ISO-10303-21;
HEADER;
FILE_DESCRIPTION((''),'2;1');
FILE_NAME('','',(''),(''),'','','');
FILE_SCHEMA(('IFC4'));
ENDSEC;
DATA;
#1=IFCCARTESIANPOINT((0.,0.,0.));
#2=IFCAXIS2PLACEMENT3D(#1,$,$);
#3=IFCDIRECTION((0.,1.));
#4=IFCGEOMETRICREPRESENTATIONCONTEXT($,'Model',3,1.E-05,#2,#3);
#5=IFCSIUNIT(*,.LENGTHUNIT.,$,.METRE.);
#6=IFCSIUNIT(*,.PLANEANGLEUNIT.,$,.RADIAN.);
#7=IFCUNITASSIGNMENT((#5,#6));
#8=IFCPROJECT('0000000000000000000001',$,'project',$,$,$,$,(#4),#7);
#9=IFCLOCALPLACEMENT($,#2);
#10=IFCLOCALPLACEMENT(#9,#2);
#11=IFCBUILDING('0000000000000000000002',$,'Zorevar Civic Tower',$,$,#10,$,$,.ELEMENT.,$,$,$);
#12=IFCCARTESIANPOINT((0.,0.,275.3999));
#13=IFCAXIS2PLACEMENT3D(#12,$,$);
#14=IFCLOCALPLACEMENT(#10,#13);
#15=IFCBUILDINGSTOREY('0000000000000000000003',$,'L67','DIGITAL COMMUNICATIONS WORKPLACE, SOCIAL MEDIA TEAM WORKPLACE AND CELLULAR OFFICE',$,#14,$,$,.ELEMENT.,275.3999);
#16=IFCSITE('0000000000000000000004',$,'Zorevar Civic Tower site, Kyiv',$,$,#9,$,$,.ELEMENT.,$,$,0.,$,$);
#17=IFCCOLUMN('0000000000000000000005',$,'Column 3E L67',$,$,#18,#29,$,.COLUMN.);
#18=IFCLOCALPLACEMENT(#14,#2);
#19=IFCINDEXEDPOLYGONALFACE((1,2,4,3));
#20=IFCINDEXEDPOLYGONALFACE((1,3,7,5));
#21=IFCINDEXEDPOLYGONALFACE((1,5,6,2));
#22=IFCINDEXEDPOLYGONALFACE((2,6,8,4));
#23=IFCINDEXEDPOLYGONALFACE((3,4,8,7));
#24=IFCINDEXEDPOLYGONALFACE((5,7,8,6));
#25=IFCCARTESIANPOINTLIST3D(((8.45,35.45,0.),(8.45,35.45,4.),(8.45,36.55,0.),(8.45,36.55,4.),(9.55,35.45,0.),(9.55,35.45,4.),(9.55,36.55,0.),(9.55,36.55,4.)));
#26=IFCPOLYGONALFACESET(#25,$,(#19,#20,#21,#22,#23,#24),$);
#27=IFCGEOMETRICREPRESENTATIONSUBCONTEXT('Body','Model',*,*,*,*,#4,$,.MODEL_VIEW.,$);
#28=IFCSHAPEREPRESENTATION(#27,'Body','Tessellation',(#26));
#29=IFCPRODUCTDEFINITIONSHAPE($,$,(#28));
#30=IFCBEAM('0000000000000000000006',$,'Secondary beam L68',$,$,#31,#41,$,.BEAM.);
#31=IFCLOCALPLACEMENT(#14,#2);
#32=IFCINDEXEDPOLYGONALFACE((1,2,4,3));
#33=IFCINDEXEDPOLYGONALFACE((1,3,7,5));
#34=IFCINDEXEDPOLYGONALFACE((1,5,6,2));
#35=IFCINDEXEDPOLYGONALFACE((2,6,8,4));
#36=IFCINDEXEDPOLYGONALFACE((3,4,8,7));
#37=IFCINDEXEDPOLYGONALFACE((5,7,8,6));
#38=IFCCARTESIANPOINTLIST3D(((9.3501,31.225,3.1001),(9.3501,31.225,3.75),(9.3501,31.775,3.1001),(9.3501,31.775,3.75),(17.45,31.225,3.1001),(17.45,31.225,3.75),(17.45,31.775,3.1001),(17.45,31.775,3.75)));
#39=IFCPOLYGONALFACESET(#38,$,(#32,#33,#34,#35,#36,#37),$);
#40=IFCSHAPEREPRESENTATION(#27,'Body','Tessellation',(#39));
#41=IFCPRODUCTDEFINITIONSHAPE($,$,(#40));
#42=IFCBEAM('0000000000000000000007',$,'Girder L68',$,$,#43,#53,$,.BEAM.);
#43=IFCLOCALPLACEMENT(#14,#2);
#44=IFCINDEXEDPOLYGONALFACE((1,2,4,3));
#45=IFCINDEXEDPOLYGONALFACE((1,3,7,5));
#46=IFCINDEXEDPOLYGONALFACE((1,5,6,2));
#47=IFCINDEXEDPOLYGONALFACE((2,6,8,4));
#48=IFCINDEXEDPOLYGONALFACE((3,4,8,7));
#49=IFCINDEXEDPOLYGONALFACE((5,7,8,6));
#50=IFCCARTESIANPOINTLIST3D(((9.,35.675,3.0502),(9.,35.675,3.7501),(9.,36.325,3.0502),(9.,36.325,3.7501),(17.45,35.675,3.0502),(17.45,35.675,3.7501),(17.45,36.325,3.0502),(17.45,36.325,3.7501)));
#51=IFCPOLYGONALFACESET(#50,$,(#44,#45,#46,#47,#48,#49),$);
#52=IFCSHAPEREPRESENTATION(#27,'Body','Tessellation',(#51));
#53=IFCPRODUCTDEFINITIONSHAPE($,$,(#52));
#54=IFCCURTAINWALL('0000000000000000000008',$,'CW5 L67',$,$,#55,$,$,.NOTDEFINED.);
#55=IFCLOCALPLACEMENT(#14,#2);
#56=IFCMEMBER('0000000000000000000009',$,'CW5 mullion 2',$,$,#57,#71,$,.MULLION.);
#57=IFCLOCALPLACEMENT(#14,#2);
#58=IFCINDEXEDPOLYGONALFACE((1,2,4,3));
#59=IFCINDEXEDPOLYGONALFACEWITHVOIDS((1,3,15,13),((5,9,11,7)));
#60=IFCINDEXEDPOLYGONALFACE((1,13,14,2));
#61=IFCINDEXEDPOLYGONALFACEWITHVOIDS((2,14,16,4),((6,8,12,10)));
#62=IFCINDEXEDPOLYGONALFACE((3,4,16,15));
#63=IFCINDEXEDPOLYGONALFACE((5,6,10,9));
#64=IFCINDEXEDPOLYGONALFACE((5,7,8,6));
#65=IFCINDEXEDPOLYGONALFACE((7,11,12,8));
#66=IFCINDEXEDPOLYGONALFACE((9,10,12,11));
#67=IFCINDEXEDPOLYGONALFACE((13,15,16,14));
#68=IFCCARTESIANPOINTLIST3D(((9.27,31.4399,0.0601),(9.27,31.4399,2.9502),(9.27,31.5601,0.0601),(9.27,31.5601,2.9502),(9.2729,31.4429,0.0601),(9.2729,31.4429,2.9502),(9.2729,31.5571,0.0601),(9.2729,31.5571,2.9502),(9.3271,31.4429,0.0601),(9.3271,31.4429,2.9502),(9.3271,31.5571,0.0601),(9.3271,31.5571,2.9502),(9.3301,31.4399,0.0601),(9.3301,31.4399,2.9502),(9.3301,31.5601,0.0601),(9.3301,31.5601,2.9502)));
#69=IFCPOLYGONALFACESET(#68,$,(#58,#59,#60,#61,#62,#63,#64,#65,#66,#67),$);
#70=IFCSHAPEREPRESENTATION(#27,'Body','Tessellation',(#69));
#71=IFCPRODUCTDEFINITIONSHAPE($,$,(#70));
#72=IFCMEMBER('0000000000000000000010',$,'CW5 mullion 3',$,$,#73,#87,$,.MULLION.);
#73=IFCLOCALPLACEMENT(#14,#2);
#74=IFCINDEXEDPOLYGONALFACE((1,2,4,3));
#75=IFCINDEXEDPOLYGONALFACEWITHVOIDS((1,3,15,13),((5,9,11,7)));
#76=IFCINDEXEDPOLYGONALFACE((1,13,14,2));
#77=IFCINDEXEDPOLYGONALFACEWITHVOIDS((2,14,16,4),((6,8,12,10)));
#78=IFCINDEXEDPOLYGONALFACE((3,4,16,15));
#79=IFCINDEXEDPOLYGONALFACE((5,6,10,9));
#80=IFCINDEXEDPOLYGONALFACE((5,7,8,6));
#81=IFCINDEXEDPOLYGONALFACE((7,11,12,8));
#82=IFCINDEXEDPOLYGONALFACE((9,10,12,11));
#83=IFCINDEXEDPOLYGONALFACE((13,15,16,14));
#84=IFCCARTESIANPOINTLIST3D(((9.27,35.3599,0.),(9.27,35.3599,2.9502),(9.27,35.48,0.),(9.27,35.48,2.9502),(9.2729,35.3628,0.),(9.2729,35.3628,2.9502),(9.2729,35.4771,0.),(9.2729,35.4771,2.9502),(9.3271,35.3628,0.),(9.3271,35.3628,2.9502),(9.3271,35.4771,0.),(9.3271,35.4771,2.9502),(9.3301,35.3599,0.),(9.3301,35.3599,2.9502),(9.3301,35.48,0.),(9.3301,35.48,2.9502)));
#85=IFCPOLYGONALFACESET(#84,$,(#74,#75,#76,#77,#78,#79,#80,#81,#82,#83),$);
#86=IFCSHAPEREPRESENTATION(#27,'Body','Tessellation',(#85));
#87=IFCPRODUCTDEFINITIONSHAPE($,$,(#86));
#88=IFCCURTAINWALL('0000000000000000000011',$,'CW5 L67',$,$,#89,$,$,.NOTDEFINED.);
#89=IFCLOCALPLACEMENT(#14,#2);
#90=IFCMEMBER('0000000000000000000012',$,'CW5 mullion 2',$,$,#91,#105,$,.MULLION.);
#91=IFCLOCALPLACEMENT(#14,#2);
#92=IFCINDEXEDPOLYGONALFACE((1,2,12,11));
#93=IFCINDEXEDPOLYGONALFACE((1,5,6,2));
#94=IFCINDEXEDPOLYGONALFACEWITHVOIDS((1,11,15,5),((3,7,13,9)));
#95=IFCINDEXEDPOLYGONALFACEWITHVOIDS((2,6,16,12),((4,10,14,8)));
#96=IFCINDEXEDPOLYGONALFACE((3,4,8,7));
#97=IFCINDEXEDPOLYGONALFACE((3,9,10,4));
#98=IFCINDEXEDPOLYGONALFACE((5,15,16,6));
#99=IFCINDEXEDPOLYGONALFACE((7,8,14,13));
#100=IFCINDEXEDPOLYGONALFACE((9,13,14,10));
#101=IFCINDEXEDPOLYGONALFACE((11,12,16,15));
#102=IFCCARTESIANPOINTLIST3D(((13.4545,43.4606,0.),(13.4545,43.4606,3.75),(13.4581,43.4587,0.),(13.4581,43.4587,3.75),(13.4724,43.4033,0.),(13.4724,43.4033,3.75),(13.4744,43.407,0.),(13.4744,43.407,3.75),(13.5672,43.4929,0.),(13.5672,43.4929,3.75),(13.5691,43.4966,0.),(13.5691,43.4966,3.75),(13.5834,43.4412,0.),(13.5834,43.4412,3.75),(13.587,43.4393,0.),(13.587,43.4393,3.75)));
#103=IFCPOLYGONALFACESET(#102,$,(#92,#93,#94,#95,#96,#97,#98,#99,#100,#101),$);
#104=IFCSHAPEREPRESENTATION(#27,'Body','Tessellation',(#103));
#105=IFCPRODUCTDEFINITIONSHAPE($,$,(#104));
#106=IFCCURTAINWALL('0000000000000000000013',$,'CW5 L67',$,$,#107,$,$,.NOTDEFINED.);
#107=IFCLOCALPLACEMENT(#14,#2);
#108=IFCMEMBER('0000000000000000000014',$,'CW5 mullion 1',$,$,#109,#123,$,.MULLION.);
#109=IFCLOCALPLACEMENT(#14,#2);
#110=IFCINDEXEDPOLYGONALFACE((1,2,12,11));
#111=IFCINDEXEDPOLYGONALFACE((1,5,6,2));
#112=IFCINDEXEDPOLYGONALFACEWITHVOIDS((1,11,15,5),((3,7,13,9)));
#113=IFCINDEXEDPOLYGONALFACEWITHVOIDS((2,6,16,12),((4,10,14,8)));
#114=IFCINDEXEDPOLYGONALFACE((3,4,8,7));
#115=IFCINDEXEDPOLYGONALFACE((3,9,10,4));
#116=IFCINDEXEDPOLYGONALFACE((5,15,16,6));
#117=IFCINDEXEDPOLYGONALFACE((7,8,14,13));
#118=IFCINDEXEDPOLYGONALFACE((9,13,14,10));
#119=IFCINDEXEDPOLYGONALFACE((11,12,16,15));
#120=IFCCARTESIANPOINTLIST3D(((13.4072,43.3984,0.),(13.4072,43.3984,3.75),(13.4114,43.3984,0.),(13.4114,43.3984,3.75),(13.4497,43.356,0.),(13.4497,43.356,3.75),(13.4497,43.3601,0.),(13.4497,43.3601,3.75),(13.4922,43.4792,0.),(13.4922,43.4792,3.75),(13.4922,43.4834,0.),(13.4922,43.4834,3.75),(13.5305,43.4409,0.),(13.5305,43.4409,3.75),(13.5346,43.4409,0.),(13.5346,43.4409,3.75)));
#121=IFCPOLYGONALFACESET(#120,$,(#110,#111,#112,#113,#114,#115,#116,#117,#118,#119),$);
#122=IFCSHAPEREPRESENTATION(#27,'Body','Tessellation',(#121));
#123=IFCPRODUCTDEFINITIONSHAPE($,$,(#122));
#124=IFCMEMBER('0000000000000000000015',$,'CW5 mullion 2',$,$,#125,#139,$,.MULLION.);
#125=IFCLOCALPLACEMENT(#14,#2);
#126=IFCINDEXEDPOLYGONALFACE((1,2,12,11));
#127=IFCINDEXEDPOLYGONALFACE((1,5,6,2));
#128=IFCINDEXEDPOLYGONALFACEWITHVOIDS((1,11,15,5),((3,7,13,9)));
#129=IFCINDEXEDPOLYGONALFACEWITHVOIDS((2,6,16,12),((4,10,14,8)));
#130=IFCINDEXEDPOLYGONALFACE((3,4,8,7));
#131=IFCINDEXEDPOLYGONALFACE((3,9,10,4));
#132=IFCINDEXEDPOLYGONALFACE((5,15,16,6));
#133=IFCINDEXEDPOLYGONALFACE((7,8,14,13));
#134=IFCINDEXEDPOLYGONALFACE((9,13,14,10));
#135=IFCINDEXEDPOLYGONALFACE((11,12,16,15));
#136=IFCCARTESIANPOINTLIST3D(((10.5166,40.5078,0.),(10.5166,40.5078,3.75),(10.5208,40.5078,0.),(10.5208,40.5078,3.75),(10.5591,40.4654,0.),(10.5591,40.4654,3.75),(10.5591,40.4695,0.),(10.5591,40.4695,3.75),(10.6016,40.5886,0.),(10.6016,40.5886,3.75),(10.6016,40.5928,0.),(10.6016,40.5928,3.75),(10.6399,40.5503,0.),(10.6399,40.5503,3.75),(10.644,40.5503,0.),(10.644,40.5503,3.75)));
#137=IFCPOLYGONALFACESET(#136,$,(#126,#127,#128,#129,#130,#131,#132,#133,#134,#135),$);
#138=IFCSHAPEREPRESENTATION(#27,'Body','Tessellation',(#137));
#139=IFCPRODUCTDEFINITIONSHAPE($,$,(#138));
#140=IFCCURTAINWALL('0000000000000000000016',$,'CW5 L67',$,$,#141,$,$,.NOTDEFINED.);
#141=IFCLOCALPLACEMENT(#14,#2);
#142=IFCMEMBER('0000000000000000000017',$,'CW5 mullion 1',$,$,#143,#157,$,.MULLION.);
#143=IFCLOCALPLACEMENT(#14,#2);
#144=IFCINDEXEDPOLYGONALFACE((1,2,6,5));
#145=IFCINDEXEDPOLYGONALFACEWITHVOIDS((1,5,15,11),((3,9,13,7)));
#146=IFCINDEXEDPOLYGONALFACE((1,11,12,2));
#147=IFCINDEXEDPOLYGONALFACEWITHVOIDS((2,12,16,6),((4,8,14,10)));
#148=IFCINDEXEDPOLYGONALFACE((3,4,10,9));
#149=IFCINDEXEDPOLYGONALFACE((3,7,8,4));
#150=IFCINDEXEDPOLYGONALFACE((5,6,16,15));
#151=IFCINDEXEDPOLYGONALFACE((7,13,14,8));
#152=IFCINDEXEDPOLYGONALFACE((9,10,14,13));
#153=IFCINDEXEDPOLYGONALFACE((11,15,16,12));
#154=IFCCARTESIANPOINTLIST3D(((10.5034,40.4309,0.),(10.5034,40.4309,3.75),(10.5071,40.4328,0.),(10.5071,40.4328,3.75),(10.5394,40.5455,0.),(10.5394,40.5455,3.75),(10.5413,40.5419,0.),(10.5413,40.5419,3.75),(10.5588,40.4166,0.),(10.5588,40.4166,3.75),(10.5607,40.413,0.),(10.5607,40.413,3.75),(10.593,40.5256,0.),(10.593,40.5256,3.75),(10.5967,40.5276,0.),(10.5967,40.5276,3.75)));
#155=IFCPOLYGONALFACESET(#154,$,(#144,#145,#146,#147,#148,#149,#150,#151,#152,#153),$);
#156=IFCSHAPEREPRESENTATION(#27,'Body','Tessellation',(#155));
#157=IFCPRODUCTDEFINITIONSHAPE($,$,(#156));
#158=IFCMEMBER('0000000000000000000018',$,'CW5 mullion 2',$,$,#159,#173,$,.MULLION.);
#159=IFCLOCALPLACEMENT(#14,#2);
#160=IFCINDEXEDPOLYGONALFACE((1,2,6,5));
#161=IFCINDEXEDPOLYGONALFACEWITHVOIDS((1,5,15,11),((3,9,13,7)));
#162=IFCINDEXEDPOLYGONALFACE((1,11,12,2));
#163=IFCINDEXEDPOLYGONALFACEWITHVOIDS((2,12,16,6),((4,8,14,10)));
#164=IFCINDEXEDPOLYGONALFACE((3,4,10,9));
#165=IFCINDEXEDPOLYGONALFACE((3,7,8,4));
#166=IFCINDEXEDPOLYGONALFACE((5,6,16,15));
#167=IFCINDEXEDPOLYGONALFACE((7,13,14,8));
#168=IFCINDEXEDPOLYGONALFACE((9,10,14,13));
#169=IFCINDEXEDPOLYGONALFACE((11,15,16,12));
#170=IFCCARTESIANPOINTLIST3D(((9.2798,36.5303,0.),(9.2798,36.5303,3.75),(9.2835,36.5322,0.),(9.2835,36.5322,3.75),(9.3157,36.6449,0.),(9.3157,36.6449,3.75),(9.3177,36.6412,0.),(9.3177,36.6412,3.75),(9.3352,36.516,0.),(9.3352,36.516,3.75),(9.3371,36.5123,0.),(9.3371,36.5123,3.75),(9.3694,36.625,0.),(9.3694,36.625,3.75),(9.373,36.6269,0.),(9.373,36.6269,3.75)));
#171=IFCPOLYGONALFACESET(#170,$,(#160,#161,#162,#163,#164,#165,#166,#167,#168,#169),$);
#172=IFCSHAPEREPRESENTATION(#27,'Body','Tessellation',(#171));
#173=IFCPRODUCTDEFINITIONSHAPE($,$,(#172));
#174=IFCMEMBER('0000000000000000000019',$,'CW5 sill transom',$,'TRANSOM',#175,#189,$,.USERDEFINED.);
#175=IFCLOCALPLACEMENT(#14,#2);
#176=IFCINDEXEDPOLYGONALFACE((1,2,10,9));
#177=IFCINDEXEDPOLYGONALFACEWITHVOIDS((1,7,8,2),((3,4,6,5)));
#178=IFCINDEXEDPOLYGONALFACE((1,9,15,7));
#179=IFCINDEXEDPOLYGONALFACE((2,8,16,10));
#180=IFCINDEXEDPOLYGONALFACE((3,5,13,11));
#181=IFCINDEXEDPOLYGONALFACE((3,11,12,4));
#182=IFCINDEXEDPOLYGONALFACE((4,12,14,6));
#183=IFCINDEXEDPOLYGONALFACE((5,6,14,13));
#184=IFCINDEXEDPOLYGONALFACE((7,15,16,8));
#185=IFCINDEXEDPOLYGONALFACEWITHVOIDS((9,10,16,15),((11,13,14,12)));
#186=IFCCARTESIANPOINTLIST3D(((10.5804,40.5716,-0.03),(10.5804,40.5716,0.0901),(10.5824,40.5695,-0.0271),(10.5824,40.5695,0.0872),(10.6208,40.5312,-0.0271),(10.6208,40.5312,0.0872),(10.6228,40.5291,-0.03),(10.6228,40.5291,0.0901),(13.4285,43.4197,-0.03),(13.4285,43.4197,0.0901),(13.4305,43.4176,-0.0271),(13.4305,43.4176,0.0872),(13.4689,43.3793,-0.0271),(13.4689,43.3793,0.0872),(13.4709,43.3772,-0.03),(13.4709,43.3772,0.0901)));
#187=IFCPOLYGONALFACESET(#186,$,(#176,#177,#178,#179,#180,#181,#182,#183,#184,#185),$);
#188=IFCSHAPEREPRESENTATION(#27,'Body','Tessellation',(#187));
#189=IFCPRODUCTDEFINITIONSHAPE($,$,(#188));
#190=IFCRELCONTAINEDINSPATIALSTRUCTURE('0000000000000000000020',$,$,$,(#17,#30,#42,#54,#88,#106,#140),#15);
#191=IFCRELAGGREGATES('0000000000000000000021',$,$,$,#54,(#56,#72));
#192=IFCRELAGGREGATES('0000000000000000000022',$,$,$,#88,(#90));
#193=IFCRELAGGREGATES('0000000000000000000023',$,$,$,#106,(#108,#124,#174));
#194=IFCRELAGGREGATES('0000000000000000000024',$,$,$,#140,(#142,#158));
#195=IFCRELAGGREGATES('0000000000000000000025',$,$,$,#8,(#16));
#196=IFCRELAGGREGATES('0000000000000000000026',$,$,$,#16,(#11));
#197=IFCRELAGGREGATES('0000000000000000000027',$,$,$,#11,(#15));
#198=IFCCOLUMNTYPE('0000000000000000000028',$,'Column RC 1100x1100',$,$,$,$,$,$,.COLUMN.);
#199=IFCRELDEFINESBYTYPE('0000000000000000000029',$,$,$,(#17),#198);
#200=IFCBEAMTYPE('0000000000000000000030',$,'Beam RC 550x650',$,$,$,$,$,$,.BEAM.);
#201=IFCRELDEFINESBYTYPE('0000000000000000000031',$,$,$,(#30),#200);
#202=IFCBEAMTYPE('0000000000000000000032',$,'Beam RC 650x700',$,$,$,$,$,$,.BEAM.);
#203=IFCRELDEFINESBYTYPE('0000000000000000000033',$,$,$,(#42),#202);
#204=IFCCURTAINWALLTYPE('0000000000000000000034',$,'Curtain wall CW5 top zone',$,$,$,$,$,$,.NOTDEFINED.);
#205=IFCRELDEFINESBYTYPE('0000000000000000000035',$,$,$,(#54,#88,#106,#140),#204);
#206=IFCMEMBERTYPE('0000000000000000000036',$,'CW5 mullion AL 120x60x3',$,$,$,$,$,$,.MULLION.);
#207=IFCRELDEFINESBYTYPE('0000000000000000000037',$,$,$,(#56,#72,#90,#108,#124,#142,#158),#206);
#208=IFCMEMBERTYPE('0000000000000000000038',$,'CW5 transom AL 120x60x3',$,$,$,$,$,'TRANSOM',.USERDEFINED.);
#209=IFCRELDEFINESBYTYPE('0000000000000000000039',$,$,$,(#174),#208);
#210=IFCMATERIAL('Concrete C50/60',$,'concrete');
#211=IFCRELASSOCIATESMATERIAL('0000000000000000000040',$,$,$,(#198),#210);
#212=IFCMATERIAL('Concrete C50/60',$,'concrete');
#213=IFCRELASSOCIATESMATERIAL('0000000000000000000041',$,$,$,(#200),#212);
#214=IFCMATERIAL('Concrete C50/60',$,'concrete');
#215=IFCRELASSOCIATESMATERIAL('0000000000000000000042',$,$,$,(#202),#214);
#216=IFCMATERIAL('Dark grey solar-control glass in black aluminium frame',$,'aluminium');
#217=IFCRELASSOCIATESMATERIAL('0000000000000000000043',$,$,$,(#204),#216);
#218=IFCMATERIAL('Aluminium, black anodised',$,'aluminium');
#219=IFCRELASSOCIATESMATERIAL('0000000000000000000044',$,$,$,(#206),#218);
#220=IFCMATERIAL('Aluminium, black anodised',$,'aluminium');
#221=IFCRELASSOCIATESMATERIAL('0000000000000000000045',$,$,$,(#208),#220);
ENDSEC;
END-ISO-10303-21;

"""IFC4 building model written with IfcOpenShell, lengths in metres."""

from ifc_helpers import new_model, si_unit, direction, frame, origin, origin_2d, place, context, subcontext, project, spatial, rectangle, hollow_rectangle, extrude, material, material_profile, profile_set, type_object, element, aggregate, save


model = new_model("IFC4")

# Units and contexts
model_context = context("Model", 3, precision=1e-05, world=origin(), true_north=direction((0.0, 1.0)))
body_context = subcontext(model_context, "Body", "Model", "MODEL_VIEW")
ifc_project = project(units=[si_unit("LENGTHUNIT", "METRE"), si_unit("PLANEANGLEUNIT", "RADIAN")], contexts=[model_context])

# Site, building, storey
site_placement = place(None, origin())
site = spatial("IfcSite", under=ifc_project, at=site_placement, Name="Zorevar Civic Tower site, Kyiv", CompositionType="ELEMENT", RefElevation=0.0)
building_placement = place(site_placement, origin())
building = spatial("IfcBuilding", under=site, at=building_placement, Name="Zorevar Civic Tower", CompositionType="ELEMENT")
storey_placement = place(building_placement, frame((0.0, 0.0, 275.3999)))
storey = spatial("IfcBuildingStorey", under=building, at=storey_placement, Name="L67", Description="DIGITAL COMMUNICATIONS WORKPLACE, SOCIAL MEDIA TEAM WORKPLACE AND CELLULAR OFFICE", CompositionType="ELEMENT", Elevation=275.3999)

# Column
ifc_material_1 = material(Name="Concrete C50/60", Category="concrete")
ifc_material_profile_1 = material_profile(ifc_material_1, rectangle(XDim=1.1001, YDim=1.1001, at=origin_2d()), Name="RC 1100x1100")
ifc_profile_set_1 = profile_set([ifc_material_profile_1], Name="Concrete C50/60")
column_type = type_object("IfcColumnType", Name="Column RC 1100x1100", PredefinedType="COLUMN", material=ifc_profile_set_1)
column_placement = place(storey_placement, frame((9.0, 36.0, 0.0), z_axis=(0.0, 0.0, 1.0), x_axis=(1.0, 0.0, 0.0)))
element("IfcColumn", 1, at=column_placement, inside=storey, type_object=column_type, Name="Column 3E L67", PredefinedType="COLUMN", context=body_context, shape_type="SweptSolid", body=[
    extrude(rectangle(XDim=1.1001, YDim=1.1001, at=origin_2d()), origin(), (0.0, 0.0, 1.0), 4.0),
])

# Beams
ifc_material_2 = material(Name="Concrete C50/60", Category="concrete")
ifc_material_profile_2 = material_profile(ifc_material_2, rectangle(XDim=0.55, YDim=0.6499, at=origin_2d()), Name="RC 550x650")
ifc_profile_set_2 = profile_set([ifc_material_profile_2], Name="Concrete C50/60")
beam_type_1 = type_object("IfcBeamType", Name="Beam RC 550x650", PredefinedType="BEAM", material=ifc_profile_set_2)
beam_1_placement = place(storey_placement, frame((9.3501, 31.5, 3.425), z_axis=(1.0, 0.0, 0.0), x_axis=(0.0, 1.0, 0.0)))
element("IfcBeam", 2, at=beam_1_placement, inside=storey, type_object=beam_type_1, Name="Secondary beam L68", PredefinedType="BEAM", context=body_context, shape_type="SweptSolid", body=[
    extrude(rectangle(XDim=0.55, YDim=0.6499, at=origin_2d()), origin(), (0.0, 0.0, 1.0), 8.0999),
])
ifc_material_3 = material(Name="Concrete C50/60", Category="concrete")
ifc_material_profile_3 = material_profile(ifc_material_3, rectangle(XDim=0.6499, YDim=0.7, at=origin_2d()), Name="RC 650x700")
ifc_profile_set_3 = profile_set([ifc_material_profile_3], Name="Concrete C50/60")
beam_type_2 = type_object("IfcBeamType", Name="Beam RC 650x700", PredefinedType="BEAM", material=ifc_profile_set_3)
beam_2_placement = place(storey_placement, frame((9.0, 36.0, 3.4001), z_axis=(1.0, 0.0, 0.0), x_axis=(0.0, 1.0, 0.0)))
element("IfcBeam", 3, at=beam_2_placement, inside=storey, type_object=beam_type_2, Name="Girder L68", PredefinedType="BEAM", context=body_context, shape_type="SweptSolid", body=[
    extrude(rectangle(XDim=0.6499, YDim=0.7, at=origin_2d()), origin(), (0.0, 0.0, 1.0), 8.45),
])

# Curtain wall, members
ifc_material_4 = material(Name="Dark grey solar-control glass in black aluminium frame", Category="aluminium")
curtain_wall_type = type_object("IfcCurtainWallType", Name="Curtain wall CW5 top zone", PredefinedType="NOTDEFINED", material=ifc_material_4)
curtain_wall_1_placement = place(storey_placement, origin())
curtain_wall_1 = element("IfcCurtainWall", 4, at=curtain_wall_1_placement, inside=storey, type_object=curtain_wall_type, Name="CW5 L67", PredefinedType="NOTDEFINED")
ifc_material_5 = material(Name="Aluminium, black anodised", Category="aluminium")
ifc_material_profile_4 = material_profile(ifc_material_5, hollow_rectangle(XDim=0.0601, YDim=0.1201, WallThickness=0.0029, at=origin_2d()), Name="AL 120x60x3")
ifc_profile_set_4 = profile_set([ifc_material_profile_4], Name="Aluminium, black anodised")
member_type_1 = type_object("IfcMemberType", Name="CW5 mullion AL 120x60x3", PredefinedType="MULLION", material=ifc_profile_set_4)
member_1_placement = place(storey_placement, frame((9.3, 31.5, 0.0601), z_axis=(0.0, 0.0, 1.0), x_axis=(-1.0, 0.0, 0.0)))
member_1 = element("IfcMember", 5, at=member_1_placement, type_object=member_type_1, Name="CW5 mullion 2", PredefinedType="MULLION", context=body_context, shape_type="SweptSolid", body=[
    extrude(hollow_rectangle(XDim=0.0601, YDim=0.1201, WallThickness=0.0029, at=origin_2d()), origin(), (0.0, 0.0, 1.0), 2.8901),
])
member_2_placement = place(storey_placement, frame((9.3, 35.4199, 0.0), z_axis=(0.0, 0.0, 1.0), x_axis=(-1.0, 0.0, 0.0)))
member_2 = element("IfcMember", 6, at=member_2_placement, type_object=member_type_1, Name="CW5 mullion 3", PredefinedType="MULLION", context=body_context, shape_type="SweptSolid", body=[
    extrude(hollow_rectangle(XDim=0.0601, YDim=0.1201, WallThickness=0.0029, at=origin_2d()), origin(), (0.0, 0.0, 1.0), 2.9502),
])

# Curtain wall, member
curtain_wall_2_placement = place(storey_placement, origin())
curtain_wall_2 = element("IfcCurtainWall", 7, at=curtain_wall_2_placement, inside=storey, type_object=curtain_wall_type, Name="CW5 L67", PredefinedType="NOTDEFINED")
member_3_placement = place(storey_placement, frame((13.5208, 43.45, 0.0), z_axis=(0.0, 0.0, 1.0), x_axis=(0.299318, -0.954153, 0.0)))
member_3 = element("IfcMember", 8, at=member_3_placement, type_object=member_type_1, Name="CW5 mullion 2", PredefinedType="MULLION", context=body_context, shape_type="SweptSolid", body=[
    extrude(hollow_rectangle(XDim=0.0601, YDim=0.1201, WallThickness=0.0029, at=origin_2d()), origin(), (0.0, 0.0, 1.0), 3.75),
])

# Curtain walls, members
curtain_wall_3_placement = place(storey_placement, origin())
curtain_wall_3 = element("IfcCurtainWall", 9, at=curtain_wall_3_placement, inside=storey, type_object=curtain_wall_type, Name="CW5 L67", PredefinedType="NOTDEFINED")
member_4_placement = place(storey_placement, frame((13.4709, 43.4197, 0.0), z_axis=(0.0, 0.0, 1.0), x_axis=(0.707107, -0.707107, 0.0)))
member_4 = element("IfcMember", 10, at=member_4_placement, type_object=member_type_1, Name="CW5 mullion 1", PredefinedType="MULLION", context=body_context, shape_type="SweptSolid", body=[
    extrude(hollow_rectangle(XDim=0.0601, YDim=0.1201, WallThickness=0.0029, at=origin_2d()), origin(), (0.0, 0.0, 1.0), 3.75),
])
member_5_placement = place(storey_placement, frame((10.5803, 40.5291, 0.0), z_axis=(0.0, 0.0, 1.0), x_axis=(0.707107, -0.707107, 0.0)))
member_5 = element("IfcMember", 11, at=member_5_placement, type_object=member_type_1, Name="CW5 mullion 2", PredefinedType="MULLION", context=body_context, shape_type="SweptSolid", body=[
    extrude(hollow_rectangle(XDim=0.0601, YDim=0.1201, WallThickness=0.0029, at=origin_2d()), origin(), (0.0, 0.0, 1.0), 3.75),
])
curtain_wall_4_placement = place(storey_placement, origin())
curtain_wall_4 = element("IfcCurtainWall", 12, at=curtain_wall_4_placement, inside=storey, type_object=curtain_wall_type, Name="CW5 L67", PredefinedType="NOTDEFINED")
member_6_placement = place(storey_placement, frame((10.55, 40.4792, 0.0), z_axis=(0.0, 0.0, 1.0), x_axis=(0.954153, -0.299318, 0.0)))
member_6 = element("IfcMember", 13, at=member_6_placement, type_object=member_type_1, Name="CW5 mullion 1", PredefinedType="MULLION", context=body_context, shape_type="SweptSolid", body=[
    extrude(hollow_rectangle(XDim=0.0601, YDim=0.1201, WallThickness=0.0029, at=origin_2d()), origin(), (0.0, 0.0, 1.0), 3.75),
])
member_7_placement = place(storey_placement, frame((9.3264, 36.5786, 0.0), z_axis=(0.0, 0.0, 1.0), x_axis=(0.954153, -0.299318, 0.0)))
member_7 = element("IfcMember", 14, at=member_7_placement, type_object=member_type_1, Name="CW5 mullion 2", PredefinedType="MULLION", context=body_context, shape_type="SweptSolid", body=[
    extrude(hollow_rectangle(XDim=0.0601, YDim=0.1201, WallThickness=0.0029, at=origin_2d()), origin(), (0.0, 0.0, 1.0), 3.75),
])

# Member
ifc_material_6 = material(Name="Aluminium, black anodised", Category="aluminium")
ifc_material_profile_5 = material_profile(ifc_material_6, hollow_rectangle(XDim=0.0601, YDim=0.1201, WallThickness=0.0029, at=origin_2d()), Name="AL 120x60x3")
ifc_profile_set_5 = profile_set([ifc_material_profile_5], Name="Aluminium, black anodised")
member_type_2 = type_object("IfcMemberType", Name="CW5 transom AL 120x60x3", ElementType="TRANSOM", PredefinedType="USERDEFINED", material=ifc_profile_set_5)
member_8_placement = place(storey_placement, frame((13.4497, 43.3984, 0.03), z_axis=(-0.707107, -0.707107, 0.0), x_axis=(0.707107, -0.707107, 0.0)))
member_8 = element("IfcMember", 15, at=member_8_placement, type_object=member_type_2, Name="CW5 sill transom", ObjectType="TRANSOM", PredefinedType="USERDEFINED", context=body_context, shape_type="SweptSolid", body=[
    extrude(hollow_rectangle(XDim=0.0601, YDim=0.1201, WallThickness=0.0029, at=origin_2d()), origin(), (0.0, 0.0, 1.0), 4.0278),
])

aggregate(curtain_wall_1, [member_1, member_2])
aggregate(curtain_wall_2, [member_3])
aggregate(curtain_wall_3, [member_4, member_5, member_8])
aggregate(curtain_wall_4, [member_6, member_7])

save(model, "model.ifc")
